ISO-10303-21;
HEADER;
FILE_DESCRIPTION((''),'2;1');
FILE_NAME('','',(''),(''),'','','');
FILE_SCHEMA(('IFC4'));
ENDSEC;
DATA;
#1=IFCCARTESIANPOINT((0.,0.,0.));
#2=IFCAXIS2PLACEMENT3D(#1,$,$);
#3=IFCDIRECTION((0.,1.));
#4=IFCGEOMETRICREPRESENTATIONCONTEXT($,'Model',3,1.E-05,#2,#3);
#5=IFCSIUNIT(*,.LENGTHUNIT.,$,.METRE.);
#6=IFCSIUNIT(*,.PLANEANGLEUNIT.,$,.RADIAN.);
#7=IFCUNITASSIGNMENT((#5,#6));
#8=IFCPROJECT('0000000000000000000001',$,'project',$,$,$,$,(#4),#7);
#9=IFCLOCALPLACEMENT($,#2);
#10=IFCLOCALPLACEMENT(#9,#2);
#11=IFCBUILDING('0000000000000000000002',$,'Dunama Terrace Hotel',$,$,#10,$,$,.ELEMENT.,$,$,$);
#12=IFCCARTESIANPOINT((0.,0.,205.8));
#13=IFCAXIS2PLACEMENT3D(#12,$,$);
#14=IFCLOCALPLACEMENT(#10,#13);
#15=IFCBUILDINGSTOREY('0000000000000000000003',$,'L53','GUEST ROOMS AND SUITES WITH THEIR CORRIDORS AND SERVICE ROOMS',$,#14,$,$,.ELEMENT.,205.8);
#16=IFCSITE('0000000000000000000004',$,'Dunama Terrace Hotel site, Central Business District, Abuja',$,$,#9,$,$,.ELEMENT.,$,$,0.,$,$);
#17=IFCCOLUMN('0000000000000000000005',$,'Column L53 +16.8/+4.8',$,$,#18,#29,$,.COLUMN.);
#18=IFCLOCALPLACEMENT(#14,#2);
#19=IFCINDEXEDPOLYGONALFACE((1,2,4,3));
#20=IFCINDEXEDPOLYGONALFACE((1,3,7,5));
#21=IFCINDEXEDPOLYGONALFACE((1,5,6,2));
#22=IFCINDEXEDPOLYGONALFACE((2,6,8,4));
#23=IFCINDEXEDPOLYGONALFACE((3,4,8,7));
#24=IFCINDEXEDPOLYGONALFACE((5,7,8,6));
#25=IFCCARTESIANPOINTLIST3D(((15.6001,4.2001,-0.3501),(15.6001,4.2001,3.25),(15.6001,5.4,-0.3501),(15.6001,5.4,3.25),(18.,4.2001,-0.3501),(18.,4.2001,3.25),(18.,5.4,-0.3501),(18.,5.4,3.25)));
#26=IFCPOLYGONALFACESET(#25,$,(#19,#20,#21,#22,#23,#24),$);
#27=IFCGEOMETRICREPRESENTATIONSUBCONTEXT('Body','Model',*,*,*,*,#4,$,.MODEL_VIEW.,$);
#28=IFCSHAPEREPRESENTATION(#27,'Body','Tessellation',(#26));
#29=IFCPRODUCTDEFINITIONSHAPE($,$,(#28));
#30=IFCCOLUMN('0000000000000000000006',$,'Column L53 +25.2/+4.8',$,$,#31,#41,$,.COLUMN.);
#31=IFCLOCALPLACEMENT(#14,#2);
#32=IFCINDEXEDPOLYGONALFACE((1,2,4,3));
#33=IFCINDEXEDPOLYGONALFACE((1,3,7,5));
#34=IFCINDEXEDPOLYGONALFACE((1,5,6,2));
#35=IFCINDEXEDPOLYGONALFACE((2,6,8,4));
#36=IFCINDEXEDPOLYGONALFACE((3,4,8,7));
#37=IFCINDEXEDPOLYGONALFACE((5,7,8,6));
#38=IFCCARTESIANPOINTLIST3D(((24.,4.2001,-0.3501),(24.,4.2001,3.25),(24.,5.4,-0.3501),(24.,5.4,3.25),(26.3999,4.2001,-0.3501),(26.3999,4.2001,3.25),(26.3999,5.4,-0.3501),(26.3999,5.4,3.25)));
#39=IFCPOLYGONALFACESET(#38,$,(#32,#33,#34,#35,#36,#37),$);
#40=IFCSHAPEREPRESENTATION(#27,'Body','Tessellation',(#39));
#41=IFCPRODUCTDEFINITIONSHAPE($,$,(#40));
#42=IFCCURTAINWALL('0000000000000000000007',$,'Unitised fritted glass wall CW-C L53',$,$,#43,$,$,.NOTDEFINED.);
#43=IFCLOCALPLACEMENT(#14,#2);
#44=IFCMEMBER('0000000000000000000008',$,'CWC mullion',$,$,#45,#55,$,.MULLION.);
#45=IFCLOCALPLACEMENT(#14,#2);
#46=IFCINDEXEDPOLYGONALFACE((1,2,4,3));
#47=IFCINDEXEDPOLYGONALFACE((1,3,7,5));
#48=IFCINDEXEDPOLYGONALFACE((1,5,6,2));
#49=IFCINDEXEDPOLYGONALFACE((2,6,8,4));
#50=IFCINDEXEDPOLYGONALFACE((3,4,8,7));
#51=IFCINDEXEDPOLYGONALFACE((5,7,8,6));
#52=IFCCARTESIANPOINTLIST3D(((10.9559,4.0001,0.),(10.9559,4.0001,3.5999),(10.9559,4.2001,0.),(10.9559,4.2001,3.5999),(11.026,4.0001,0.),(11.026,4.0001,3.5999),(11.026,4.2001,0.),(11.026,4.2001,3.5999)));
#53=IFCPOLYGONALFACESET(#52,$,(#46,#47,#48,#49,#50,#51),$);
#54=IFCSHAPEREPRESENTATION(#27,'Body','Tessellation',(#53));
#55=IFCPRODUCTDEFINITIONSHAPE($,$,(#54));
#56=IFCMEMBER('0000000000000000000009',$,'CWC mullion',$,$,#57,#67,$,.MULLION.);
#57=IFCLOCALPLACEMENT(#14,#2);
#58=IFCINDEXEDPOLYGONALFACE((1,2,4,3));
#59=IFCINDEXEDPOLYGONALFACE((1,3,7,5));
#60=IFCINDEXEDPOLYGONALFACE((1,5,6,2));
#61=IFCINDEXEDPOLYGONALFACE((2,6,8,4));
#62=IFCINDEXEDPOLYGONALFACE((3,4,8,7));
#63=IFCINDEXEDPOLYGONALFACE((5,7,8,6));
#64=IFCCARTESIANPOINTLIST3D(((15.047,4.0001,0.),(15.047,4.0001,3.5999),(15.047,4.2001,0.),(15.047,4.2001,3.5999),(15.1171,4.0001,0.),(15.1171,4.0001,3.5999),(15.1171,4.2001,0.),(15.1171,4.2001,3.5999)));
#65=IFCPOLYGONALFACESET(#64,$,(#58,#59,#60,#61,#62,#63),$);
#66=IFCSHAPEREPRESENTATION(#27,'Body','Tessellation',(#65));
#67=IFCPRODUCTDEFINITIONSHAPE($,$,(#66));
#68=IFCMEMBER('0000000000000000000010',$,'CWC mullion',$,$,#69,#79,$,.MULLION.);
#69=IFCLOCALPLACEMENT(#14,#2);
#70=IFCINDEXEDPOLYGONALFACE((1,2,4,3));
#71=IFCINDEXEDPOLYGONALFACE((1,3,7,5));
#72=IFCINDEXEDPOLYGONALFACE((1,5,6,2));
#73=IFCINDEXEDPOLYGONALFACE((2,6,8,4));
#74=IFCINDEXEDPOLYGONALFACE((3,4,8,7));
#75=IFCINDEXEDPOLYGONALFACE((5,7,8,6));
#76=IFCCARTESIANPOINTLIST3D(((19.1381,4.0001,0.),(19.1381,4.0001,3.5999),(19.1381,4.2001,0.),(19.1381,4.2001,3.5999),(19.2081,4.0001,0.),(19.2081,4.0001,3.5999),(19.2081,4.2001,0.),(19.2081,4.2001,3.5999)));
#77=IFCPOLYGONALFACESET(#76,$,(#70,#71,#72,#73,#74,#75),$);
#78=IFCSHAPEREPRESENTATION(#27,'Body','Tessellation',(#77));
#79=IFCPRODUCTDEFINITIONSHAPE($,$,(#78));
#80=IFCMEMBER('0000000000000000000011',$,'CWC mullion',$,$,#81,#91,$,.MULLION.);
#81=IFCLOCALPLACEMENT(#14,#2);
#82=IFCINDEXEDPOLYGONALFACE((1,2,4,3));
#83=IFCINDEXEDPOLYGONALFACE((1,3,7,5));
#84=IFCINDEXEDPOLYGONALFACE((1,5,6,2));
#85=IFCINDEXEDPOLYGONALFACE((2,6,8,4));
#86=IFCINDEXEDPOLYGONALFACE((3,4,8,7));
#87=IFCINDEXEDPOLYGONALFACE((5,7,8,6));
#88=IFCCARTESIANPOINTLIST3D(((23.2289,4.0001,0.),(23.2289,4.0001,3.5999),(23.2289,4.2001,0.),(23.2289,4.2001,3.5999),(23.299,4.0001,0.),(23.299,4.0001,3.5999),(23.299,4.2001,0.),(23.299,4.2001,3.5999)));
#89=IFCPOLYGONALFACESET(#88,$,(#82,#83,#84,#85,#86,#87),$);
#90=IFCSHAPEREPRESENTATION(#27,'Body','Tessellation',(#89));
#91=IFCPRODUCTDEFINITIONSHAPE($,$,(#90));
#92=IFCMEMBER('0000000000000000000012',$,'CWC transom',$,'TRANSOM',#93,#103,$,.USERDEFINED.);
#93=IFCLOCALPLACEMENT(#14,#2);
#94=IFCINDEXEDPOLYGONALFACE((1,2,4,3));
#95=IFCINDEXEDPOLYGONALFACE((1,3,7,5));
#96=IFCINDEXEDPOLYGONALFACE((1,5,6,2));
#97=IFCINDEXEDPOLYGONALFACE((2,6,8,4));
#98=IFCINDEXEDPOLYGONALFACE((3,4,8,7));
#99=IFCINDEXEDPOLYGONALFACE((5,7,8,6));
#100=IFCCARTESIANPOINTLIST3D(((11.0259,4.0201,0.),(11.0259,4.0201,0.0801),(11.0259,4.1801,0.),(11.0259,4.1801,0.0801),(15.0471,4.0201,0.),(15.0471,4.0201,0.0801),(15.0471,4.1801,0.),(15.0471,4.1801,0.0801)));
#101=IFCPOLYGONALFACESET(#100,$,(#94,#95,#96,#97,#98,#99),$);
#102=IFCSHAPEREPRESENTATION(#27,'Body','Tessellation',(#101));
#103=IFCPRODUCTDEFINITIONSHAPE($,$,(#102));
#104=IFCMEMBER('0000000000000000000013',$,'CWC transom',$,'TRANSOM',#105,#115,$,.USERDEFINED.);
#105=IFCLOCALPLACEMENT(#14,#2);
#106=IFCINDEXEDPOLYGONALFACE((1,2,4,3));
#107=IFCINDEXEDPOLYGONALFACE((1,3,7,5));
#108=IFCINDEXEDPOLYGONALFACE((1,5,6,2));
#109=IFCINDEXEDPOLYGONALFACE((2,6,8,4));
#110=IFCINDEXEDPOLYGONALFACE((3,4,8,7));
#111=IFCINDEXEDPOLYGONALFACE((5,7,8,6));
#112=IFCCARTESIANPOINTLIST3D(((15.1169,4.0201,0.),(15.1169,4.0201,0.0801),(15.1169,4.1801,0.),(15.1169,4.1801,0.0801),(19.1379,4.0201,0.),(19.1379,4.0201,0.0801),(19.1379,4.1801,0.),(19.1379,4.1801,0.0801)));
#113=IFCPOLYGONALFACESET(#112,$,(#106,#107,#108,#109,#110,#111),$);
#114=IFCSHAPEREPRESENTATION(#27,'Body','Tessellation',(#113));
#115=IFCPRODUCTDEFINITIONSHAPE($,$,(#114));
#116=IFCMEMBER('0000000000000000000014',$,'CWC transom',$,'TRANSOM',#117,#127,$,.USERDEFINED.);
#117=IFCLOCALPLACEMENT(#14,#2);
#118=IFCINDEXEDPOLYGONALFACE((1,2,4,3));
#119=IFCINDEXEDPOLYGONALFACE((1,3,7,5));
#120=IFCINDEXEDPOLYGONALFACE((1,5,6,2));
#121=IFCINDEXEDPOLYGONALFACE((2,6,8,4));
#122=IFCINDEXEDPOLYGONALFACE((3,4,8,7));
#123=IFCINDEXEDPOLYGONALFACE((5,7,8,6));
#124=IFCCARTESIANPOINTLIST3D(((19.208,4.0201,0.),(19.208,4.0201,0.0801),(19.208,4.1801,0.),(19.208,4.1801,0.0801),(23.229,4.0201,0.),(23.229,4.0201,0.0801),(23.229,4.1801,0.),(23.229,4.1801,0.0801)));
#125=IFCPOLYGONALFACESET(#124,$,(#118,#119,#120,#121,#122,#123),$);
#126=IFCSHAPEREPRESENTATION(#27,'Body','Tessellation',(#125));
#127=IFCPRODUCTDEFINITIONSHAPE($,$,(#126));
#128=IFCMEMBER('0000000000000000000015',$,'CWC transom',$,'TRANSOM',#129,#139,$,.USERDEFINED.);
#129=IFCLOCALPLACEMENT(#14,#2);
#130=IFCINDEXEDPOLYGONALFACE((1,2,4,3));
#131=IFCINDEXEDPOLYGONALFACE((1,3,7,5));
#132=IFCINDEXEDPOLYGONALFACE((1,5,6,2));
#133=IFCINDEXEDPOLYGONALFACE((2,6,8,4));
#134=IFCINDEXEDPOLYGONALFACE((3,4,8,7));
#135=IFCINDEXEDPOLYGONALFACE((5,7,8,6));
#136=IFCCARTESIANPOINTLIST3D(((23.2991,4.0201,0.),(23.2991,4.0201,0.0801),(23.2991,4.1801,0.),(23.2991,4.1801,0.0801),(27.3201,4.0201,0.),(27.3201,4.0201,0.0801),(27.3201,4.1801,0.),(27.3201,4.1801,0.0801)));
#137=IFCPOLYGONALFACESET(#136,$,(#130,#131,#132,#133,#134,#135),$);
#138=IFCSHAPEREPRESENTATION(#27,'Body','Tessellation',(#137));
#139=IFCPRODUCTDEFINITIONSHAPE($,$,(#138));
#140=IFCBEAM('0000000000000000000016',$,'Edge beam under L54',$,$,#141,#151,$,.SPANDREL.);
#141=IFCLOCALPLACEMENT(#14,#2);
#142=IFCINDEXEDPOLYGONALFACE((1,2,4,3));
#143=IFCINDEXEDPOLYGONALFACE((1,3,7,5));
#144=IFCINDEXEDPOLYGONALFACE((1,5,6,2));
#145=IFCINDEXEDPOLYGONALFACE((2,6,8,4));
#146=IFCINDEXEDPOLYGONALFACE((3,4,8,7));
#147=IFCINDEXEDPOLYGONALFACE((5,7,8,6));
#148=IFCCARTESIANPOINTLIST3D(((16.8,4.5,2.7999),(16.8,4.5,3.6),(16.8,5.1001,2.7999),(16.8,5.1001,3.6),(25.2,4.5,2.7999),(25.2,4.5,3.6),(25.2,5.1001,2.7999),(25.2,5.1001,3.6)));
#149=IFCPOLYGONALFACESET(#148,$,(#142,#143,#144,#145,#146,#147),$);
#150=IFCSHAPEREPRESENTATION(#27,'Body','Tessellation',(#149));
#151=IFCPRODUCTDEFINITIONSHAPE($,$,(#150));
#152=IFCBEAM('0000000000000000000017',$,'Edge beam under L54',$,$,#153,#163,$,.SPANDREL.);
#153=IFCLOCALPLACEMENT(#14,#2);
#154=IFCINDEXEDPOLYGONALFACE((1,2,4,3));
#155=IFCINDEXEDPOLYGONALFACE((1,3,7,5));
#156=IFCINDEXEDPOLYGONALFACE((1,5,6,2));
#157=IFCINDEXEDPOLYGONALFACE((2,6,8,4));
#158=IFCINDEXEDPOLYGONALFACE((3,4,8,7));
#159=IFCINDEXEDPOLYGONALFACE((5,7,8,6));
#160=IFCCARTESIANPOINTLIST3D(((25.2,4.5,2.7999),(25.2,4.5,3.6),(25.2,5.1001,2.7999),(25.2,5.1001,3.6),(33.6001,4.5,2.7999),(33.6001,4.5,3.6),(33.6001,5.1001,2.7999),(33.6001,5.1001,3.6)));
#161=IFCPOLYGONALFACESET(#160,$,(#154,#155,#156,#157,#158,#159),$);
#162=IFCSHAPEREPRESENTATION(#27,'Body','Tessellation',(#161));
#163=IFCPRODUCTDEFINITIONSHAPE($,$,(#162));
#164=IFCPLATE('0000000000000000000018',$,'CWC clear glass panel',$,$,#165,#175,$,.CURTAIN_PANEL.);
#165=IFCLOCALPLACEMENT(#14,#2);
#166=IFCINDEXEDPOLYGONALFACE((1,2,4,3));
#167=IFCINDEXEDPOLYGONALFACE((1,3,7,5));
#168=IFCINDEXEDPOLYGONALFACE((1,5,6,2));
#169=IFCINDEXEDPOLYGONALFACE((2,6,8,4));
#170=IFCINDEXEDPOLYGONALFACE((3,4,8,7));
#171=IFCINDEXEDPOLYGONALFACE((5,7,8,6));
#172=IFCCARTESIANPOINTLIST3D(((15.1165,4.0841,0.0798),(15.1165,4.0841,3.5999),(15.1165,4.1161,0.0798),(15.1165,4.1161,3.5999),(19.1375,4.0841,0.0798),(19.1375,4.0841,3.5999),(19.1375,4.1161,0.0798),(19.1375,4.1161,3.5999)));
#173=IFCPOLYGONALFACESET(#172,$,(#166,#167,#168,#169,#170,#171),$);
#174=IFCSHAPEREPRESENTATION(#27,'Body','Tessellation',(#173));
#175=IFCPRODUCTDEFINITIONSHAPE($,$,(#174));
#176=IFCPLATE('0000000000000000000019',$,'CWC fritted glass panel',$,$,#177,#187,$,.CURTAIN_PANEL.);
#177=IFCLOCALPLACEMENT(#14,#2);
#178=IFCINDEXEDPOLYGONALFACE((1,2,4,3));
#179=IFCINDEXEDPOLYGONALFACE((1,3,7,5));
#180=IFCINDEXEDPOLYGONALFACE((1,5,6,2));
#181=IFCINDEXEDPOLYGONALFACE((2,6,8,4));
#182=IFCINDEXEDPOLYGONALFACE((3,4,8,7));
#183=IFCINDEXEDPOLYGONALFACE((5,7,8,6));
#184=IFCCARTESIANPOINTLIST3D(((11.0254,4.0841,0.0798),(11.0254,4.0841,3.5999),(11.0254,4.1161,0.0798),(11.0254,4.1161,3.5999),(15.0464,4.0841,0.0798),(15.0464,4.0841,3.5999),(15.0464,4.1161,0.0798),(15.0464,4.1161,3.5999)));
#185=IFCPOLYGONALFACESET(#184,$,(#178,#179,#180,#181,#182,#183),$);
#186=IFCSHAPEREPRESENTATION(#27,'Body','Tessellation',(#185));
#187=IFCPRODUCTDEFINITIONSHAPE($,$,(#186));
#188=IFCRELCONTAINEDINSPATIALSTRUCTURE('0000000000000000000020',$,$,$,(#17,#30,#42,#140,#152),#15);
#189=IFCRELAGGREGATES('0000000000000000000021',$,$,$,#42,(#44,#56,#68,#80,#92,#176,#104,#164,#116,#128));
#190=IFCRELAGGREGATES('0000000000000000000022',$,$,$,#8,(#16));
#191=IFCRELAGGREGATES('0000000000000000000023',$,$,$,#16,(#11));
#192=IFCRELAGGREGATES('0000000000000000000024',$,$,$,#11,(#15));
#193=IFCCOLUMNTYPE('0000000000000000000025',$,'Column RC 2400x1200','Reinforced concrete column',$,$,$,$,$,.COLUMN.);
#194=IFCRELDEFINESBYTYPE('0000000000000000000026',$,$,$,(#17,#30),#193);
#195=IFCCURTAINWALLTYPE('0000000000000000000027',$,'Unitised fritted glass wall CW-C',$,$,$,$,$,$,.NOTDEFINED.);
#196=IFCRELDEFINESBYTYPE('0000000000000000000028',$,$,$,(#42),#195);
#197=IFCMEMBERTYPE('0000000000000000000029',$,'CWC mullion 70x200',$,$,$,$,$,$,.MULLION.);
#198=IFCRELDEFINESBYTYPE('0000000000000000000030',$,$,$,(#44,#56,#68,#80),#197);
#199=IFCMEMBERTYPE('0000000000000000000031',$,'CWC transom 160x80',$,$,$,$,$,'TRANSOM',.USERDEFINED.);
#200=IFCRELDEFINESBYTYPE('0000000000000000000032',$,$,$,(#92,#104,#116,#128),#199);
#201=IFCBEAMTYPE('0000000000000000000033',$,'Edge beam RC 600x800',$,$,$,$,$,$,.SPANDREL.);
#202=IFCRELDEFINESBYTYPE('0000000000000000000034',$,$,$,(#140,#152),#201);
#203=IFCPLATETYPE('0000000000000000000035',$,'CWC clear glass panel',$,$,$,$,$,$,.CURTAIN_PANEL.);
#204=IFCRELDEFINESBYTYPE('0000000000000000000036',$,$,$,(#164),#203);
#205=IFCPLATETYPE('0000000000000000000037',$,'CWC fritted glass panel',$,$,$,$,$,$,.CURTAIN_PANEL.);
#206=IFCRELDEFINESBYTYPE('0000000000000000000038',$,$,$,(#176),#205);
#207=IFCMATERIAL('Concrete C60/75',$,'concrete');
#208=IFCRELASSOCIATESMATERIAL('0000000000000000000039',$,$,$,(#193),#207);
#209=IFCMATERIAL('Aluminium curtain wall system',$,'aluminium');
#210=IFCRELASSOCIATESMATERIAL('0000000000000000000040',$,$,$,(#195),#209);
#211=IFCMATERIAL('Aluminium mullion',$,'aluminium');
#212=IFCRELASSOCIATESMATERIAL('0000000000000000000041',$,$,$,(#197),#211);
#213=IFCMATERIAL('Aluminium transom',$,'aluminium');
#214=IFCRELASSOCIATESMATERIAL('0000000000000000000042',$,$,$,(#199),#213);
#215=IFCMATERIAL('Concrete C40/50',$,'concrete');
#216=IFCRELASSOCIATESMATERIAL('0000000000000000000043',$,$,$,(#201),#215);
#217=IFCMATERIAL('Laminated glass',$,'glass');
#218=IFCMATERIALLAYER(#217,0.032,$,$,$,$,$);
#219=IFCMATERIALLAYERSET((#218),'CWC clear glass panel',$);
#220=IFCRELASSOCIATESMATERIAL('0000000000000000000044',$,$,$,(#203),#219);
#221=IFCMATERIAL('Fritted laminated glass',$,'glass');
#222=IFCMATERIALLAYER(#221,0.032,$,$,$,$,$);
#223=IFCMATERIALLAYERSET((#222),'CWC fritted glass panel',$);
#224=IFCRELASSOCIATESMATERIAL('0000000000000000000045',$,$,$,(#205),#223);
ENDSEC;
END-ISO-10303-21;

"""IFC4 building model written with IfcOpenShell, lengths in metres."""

from ifc_helpers import new_model, si_unit, direction, frame, origin, origin_2d, place, context, subcontext, project, spatial, rectangle, extrude, material, layer, layer_set, material_profile, profile_set, type_object, element, aggregate, save


model = new_model("IFC4")

# Units and contexts
model_context = context("Model", 3, precision=1e-05, world=origin(), true_north=direction((0.0, 1.0)))
body_context = subcontext(model_context, "Body", "Model", "MODEL_VIEW")
ifc_project = project(units=[si_unit("LENGTHUNIT", "METRE"), si_unit("PLANEANGLEUNIT", "RADIAN")], contexts=[model_context])

# Site, building, storey
site_placement = place(None, origin())
site = spatial("IfcSite", under=ifc_project, at=site_placement, Name="Dunama Terrace Hotel site, Central Business District, Abuja", CompositionType="ELEMENT", RefElevation=0.0)
building_placement = place(site_placement, origin())
building = spatial("IfcBuilding", under=site, at=building_placement, Name="Dunama Terrace Hotel", CompositionType="ELEMENT")
storey_placement = place(building_placement, frame((0.0, 0.0, 205.8)))
storey = spatial("IfcBuildingStorey", under=building, at=storey_placement, Name="L53", Description="GUEST ROOMS AND SUITES WITH THEIR CORRIDORS AND SERVICE ROOMS", CompositionType="ELEMENT", Elevation=205.8)

# Columns
ifc_material_1 = material(Name="Concrete C60/75", Category="concrete")
ifc_material_profile_1 = material_profile(ifc_material_1, rectangle(XDim=2.3999, YDim=1.2, at=origin_2d()), Name="RC 2400x1200")
ifc_profile_set_1 = profile_set([ifc_material_profile_1], Name="Concrete C60/75")
column_type = type_object("IfcColumnType", Name="Column RC 2400x1200", Description="Reinforced concrete column", PredefinedType="COLUMN", material=ifc_profile_set_1)
for number, where, z_axis, x_axis, name in (
    (1, (16.8, 4.8, -0.3501), (0.0, 0.0, 1.0), (1.0, 0.0, 0.0), "Column L53 +16.8/+4.8"),
    (2, (25.2, 4.8, -0.3501), (0.0, 0.0, 1.0), (1.0, 0.0, 0.0), "Column L53 +25.2/+4.8"),
):
    element("IfcColumn", number, at=place(storey_placement, frame(where, z_axis=z_axis, x_axis=x_axis)), inside=storey, type_object=column_type, Name=name, PredefinedType="COLUMN", context=body_context, shape_type="SweptSolid", body=[
        extrude(rectangle(XDim=2.3999, YDim=1.2, at=origin_2d()), origin(), (0.0, 0.0, 1.0), 3.6001),
    ])

# Curtain wall, members
ifc_material_2 = material(Name="Aluminium curtain wall system", Category="aluminium")
curtain_wall_type = type_object("IfcCurtainWallType", Name="Unitised fritted glass wall CW-C", PredefinedType="NOTDEFINED", material=ifc_material_2)
curtain_wall_placement = place(storey_placement, origin())
curtain_wall = element("IfcCurtainWall", 3, at=curtain_wall_placement, inside=storey, type_object=curtain_wall_type, Name="Unitised fritted glass wall CW-C L53", PredefinedType="NOTDEFINED")
ifc_material_3 = material(Name="Aluminium mullion", Category="aluminium")
ifc_material_profile_2 = material_profile(ifc_material_3, rectangle(XDim=0.0701, YDim=0.2, at=origin_2d()), Name="CWC MULLION 70X200")
ifc_profile_set_2 = profile_set([ifc_material_profile_2], Name="Aluminium mullion")
member_type_1 = type_object("IfcMemberType", Name="CWC mullion 70x200", PredefinedType="MULLION", material=ifc_profile_set_2)
member_1_placement = place(storey_placement, frame((10.991, 4.1001, 0.0), z_axis=(0.0, 0.0, 1.0), x_axis=(1.0, 0.0, 0.0)))
member_1 = element("IfcMember", 4, at=member_1_placement, type_object=member_type_1, Name="CWC mullion", PredefinedType="MULLION", context=body_context, shape_type="SweptSolid", body=[
    extrude(rectangle(XDim=0.0701, YDim=0.2, at=origin_2d()), origin(), (0.0, 0.0, 1.0), 3.5999),
])
member_2_placement = place(storey_placement, frame((15.082, 4.1001, 0.0), z_axis=(0.0, 0.0, 1.0), x_axis=(1.0, 0.0, 0.0)))
member_2 = element("IfcMember", 5, at=member_2_placement, type_object=member_type_1, Name="CWC mullion", PredefinedType="MULLION", context=body_context, shape_type="SweptSolid", body=[
    extrude(rectangle(XDim=0.0701, YDim=0.2, at=origin_2d()), origin(), (0.0, 0.0, 1.0), 3.5999),
])
member_3_placement = place(storey_placement, frame((19.1731, 4.1001, 0.0), z_axis=(0.0, 0.0, 1.0), x_axis=(1.0, 0.0, 0.0)))
member_3 = element("IfcMember", 6, at=member_3_placement, type_object=member_type_1, Name="CWC mullion", PredefinedType="MULLION", context=body_context, shape_type="SweptSolid", body=[
    extrude(rectangle(XDim=0.0701, YDim=0.2, at=origin_2d()), origin(), (0.0, 0.0, 1.0), 3.5999),
])
member_4_placement = place(storey_placement, frame((23.2639, 4.1001, 0.0), z_axis=(0.0, 0.0, 1.0), x_axis=(1.0, 0.0, 0.0)))
member_4 = element("IfcMember", 7, at=member_4_placement, type_object=member_type_1, Name="CWC mullion", PredefinedType="MULLION", context=body_context, shape_type="SweptSolid", body=[
    extrude(rectangle(XDim=0.0701, YDim=0.2, at=origin_2d()), origin(), (0.0, 0.0, 1.0), 3.5999),
])
ifc_material_4 = material(Name="Aluminium transom", Category="aluminium")
ifc_material_profile_3 = material_profile(ifc_material_4, rectangle(XDim=0.1599, YDim=0.0801, at=origin_2d()), Name="CWC TRANSOM 160X80")
ifc_profile_set_3 = profile_set([ifc_material_profile_3], Name="Aluminium transom")
member_type_2 = type_object("IfcMemberType", Name="CWC transom 160x80", ElementType="TRANSOM", PredefinedType="USERDEFINED", material=ifc_profile_set_3)
member_5_placement = place(storey_placement, frame((11.0259, 4.1001, 0.04), z_axis=(1.0, 0.0, 0.0), x_axis=(0.0, 1.0, 0.0)))
member_5 = element("IfcMember", 8, at=member_5_placement, type_object=member_type_2, Name="CWC transom", ObjectType="TRANSOM", PredefinedType="USERDEFINED", context=body_context, shape_type="SweptSolid", body=[
    extrude(rectangle(XDim=0.1599, YDim=0.0801, at=origin_2d()), origin(), (0.0, 0.0, 1.0), 4.0212),
])
member_6_placement = place(storey_placement, frame((15.1169, 4.1001, 0.04), z_axis=(1.0, 0.0, 0.0), x_axis=(0.0, 1.0, 0.0)))
member_6 = element("IfcMember", 9, at=member_6_placement, type_object=member_type_2, Name="CWC transom", ObjectType="TRANSOM", PredefinedType="USERDEFINED", context=body_context, shape_type="SweptSolid", body=[
    extrude(rectangle(XDim=0.1599, YDim=0.0801, at=origin_2d()), origin(), (0.0, 0.0, 1.0), 4.021),
])
member_7_placement = place(storey_placement, frame((19.208, 4.1001, 0.04), z_axis=(1.0, 0.0, 0.0), x_axis=(0.0, 1.0, 0.0)))
member_7 = element("IfcMember", 10, at=member_7_placement, type_object=member_type_2, Name="CWC transom", ObjectType="TRANSOM", PredefinedType="USERDEFINED", context=body_context, shape_type="SweptSolid", body=[
    extrude(rectangle(XDim=0.1599, YDim=0.0801, at=origin_2d()), origin(), (0.0, 0.0, 1.0), 4.021),
])
member_8_placement = place(storey_placement, frame((23.2991, 4.1001, 0.04), z_axis=(1.0, 0.0, 0.0), x_axis=(0.0, 1.0, 0.0)))
member_8 = element("IfcMember", 11, at=member_8_placement, type_object=member_type_2, Name="CWC transom", ObjectType="TRANSOM", PredefinedType="USERDEFINED", context=body_context, shape_type="SweptSolid", body=[
    extrude(rectangle(XDim=0.1599, YDim=0.0801, at=origin_2d()), origin(), (0.0, 0.0, 1.0), 4.021),
])

# Beams
ifc_material_5 = material(Name="Concrete C40/50", Category="concrete")
ifc_material_profile_4 = material_profile(ifc_material_5, rectangle(XDim=0.6001, YDim=0.8, at=origin_2d()), Name="RC 600x800")
ifc_profile_set_4 = profile_set([ifc_material_profile_4], Name="Concrete C40/50")
beam_type = type_object("IfcBeamType", Name="Edge beam RC 600x800", PredefinedType="SPANDREL", material=ifc_profile_set_4)
beam_1_placement = place(storey_placement, frame((16.8, 4.8, 3.2), z_axis=(1.0, 0.0, 0.0), x_axis=(0.0, 1.0, 0.0)))
element("IfcBeam", 12, at=beam_1_placement, inside=storey, type_object=beam_type, Name="Edge beam under L54", PredefinedType="SPANDREL", context=body_context, shape_type="SweptSolid", body=[
    extrude(rectangle(XDim=0.6001, YDim=0.8, at=origin_2d()), origin(), (0.0, 0.0, 1.0), 8.3999),
])
beam_2_placement = place(storey_placement, frame((25.2, 4.8, 3.2), z_axis=(1.0, 0.0, 0.0), x_axis=(0.0, 1.0, 0.0)))
element("IfcBeam", 13, at=beam_2_placement, inside=storey, type_object=beam_type, Name="Edge beam under L54", PredefinedType="SPANDREL", context=body_context, shape_type="SweptSolid", body=[
    extrude(rectangle(XDim=0.6001, YDim=0.8, at=origin_2d()), origin(), (0.0, 0.0, 1.0), 8.4001),
])

# Plates
ifc_material_6 = material(Name="Laminated glass", Category="glass")
ifc_layer_1 = layer(ifc_material_6, 0.032)
ifc_layer_set_1 = layer_set([ifc_layer_1], Name="CWC clear glass panel")
plate_type_1 = type_object("IfcPlateType", Name="CWC clear glass panel", PredefinedType="CURTAIN_PANEL", material=ifc_layer_set_1)
plate_1_placement = place(storey_placement, frame((17.127, 4.1001, 0.0798), z_axis=(0.0, 0.0, 1.0), x_axis=(1.0, 0.0, 0.0)))
plate_1 = element("IfcPlate", 14, at=plate_1_placement, type_object=plate_type_1, Name="CWC clear glass panel", PredefinedType="CURTAIN_PANEL", context=body_context, shape_type="SweptSolid", body=[
    extrude(rectangle(XDim=4.021, YDim=0.032, at=origin_2d()), origin(), (0.0, 0.0, 1.0), 3.52),
])
ifc_material_7 = material(Name="Fritted laminated glass", Category="glass")
ifc_layer_2 = layer(ifc_material_7, 0.032)
ifc_layer_set_2 = layer_set([ifc_layer_2], Name="CWC fritted glass panel")
plate_type_2 = type_object("IfcPlateType", Name="CWC fritted glass panel", PredefinedType="CURTAIN_PANEL", material=ifc_layer_set_2)
plate_2_placement = place(storey_placement, frame((13.0359, 4.1001, 0.0798), z_axis=(0.0, 0.0, 1.0), x_axis=(1.0, 0.0, 0.0)))
plate_2 = element("IfcPlate", 15, at=plate_2_placement, type_object=plate_type_2, Name="CWC fritted glass panel", PredefinedType="CURTAIN_PANEL", context=body_context, shape_type="SweptSolid", body=[
    extrude(rectangle(XDim=4.021, YDim=0.032, at=origin_2d()), origin(), (0.0, 0.0, 1.0), 3.52),
])
aggregate(curtain_wall, [member_1, member_2, member_3, member_4, member_5, plate_2, member_6, plate_1, member_7, member_8])

save(model, "model.ifc")
